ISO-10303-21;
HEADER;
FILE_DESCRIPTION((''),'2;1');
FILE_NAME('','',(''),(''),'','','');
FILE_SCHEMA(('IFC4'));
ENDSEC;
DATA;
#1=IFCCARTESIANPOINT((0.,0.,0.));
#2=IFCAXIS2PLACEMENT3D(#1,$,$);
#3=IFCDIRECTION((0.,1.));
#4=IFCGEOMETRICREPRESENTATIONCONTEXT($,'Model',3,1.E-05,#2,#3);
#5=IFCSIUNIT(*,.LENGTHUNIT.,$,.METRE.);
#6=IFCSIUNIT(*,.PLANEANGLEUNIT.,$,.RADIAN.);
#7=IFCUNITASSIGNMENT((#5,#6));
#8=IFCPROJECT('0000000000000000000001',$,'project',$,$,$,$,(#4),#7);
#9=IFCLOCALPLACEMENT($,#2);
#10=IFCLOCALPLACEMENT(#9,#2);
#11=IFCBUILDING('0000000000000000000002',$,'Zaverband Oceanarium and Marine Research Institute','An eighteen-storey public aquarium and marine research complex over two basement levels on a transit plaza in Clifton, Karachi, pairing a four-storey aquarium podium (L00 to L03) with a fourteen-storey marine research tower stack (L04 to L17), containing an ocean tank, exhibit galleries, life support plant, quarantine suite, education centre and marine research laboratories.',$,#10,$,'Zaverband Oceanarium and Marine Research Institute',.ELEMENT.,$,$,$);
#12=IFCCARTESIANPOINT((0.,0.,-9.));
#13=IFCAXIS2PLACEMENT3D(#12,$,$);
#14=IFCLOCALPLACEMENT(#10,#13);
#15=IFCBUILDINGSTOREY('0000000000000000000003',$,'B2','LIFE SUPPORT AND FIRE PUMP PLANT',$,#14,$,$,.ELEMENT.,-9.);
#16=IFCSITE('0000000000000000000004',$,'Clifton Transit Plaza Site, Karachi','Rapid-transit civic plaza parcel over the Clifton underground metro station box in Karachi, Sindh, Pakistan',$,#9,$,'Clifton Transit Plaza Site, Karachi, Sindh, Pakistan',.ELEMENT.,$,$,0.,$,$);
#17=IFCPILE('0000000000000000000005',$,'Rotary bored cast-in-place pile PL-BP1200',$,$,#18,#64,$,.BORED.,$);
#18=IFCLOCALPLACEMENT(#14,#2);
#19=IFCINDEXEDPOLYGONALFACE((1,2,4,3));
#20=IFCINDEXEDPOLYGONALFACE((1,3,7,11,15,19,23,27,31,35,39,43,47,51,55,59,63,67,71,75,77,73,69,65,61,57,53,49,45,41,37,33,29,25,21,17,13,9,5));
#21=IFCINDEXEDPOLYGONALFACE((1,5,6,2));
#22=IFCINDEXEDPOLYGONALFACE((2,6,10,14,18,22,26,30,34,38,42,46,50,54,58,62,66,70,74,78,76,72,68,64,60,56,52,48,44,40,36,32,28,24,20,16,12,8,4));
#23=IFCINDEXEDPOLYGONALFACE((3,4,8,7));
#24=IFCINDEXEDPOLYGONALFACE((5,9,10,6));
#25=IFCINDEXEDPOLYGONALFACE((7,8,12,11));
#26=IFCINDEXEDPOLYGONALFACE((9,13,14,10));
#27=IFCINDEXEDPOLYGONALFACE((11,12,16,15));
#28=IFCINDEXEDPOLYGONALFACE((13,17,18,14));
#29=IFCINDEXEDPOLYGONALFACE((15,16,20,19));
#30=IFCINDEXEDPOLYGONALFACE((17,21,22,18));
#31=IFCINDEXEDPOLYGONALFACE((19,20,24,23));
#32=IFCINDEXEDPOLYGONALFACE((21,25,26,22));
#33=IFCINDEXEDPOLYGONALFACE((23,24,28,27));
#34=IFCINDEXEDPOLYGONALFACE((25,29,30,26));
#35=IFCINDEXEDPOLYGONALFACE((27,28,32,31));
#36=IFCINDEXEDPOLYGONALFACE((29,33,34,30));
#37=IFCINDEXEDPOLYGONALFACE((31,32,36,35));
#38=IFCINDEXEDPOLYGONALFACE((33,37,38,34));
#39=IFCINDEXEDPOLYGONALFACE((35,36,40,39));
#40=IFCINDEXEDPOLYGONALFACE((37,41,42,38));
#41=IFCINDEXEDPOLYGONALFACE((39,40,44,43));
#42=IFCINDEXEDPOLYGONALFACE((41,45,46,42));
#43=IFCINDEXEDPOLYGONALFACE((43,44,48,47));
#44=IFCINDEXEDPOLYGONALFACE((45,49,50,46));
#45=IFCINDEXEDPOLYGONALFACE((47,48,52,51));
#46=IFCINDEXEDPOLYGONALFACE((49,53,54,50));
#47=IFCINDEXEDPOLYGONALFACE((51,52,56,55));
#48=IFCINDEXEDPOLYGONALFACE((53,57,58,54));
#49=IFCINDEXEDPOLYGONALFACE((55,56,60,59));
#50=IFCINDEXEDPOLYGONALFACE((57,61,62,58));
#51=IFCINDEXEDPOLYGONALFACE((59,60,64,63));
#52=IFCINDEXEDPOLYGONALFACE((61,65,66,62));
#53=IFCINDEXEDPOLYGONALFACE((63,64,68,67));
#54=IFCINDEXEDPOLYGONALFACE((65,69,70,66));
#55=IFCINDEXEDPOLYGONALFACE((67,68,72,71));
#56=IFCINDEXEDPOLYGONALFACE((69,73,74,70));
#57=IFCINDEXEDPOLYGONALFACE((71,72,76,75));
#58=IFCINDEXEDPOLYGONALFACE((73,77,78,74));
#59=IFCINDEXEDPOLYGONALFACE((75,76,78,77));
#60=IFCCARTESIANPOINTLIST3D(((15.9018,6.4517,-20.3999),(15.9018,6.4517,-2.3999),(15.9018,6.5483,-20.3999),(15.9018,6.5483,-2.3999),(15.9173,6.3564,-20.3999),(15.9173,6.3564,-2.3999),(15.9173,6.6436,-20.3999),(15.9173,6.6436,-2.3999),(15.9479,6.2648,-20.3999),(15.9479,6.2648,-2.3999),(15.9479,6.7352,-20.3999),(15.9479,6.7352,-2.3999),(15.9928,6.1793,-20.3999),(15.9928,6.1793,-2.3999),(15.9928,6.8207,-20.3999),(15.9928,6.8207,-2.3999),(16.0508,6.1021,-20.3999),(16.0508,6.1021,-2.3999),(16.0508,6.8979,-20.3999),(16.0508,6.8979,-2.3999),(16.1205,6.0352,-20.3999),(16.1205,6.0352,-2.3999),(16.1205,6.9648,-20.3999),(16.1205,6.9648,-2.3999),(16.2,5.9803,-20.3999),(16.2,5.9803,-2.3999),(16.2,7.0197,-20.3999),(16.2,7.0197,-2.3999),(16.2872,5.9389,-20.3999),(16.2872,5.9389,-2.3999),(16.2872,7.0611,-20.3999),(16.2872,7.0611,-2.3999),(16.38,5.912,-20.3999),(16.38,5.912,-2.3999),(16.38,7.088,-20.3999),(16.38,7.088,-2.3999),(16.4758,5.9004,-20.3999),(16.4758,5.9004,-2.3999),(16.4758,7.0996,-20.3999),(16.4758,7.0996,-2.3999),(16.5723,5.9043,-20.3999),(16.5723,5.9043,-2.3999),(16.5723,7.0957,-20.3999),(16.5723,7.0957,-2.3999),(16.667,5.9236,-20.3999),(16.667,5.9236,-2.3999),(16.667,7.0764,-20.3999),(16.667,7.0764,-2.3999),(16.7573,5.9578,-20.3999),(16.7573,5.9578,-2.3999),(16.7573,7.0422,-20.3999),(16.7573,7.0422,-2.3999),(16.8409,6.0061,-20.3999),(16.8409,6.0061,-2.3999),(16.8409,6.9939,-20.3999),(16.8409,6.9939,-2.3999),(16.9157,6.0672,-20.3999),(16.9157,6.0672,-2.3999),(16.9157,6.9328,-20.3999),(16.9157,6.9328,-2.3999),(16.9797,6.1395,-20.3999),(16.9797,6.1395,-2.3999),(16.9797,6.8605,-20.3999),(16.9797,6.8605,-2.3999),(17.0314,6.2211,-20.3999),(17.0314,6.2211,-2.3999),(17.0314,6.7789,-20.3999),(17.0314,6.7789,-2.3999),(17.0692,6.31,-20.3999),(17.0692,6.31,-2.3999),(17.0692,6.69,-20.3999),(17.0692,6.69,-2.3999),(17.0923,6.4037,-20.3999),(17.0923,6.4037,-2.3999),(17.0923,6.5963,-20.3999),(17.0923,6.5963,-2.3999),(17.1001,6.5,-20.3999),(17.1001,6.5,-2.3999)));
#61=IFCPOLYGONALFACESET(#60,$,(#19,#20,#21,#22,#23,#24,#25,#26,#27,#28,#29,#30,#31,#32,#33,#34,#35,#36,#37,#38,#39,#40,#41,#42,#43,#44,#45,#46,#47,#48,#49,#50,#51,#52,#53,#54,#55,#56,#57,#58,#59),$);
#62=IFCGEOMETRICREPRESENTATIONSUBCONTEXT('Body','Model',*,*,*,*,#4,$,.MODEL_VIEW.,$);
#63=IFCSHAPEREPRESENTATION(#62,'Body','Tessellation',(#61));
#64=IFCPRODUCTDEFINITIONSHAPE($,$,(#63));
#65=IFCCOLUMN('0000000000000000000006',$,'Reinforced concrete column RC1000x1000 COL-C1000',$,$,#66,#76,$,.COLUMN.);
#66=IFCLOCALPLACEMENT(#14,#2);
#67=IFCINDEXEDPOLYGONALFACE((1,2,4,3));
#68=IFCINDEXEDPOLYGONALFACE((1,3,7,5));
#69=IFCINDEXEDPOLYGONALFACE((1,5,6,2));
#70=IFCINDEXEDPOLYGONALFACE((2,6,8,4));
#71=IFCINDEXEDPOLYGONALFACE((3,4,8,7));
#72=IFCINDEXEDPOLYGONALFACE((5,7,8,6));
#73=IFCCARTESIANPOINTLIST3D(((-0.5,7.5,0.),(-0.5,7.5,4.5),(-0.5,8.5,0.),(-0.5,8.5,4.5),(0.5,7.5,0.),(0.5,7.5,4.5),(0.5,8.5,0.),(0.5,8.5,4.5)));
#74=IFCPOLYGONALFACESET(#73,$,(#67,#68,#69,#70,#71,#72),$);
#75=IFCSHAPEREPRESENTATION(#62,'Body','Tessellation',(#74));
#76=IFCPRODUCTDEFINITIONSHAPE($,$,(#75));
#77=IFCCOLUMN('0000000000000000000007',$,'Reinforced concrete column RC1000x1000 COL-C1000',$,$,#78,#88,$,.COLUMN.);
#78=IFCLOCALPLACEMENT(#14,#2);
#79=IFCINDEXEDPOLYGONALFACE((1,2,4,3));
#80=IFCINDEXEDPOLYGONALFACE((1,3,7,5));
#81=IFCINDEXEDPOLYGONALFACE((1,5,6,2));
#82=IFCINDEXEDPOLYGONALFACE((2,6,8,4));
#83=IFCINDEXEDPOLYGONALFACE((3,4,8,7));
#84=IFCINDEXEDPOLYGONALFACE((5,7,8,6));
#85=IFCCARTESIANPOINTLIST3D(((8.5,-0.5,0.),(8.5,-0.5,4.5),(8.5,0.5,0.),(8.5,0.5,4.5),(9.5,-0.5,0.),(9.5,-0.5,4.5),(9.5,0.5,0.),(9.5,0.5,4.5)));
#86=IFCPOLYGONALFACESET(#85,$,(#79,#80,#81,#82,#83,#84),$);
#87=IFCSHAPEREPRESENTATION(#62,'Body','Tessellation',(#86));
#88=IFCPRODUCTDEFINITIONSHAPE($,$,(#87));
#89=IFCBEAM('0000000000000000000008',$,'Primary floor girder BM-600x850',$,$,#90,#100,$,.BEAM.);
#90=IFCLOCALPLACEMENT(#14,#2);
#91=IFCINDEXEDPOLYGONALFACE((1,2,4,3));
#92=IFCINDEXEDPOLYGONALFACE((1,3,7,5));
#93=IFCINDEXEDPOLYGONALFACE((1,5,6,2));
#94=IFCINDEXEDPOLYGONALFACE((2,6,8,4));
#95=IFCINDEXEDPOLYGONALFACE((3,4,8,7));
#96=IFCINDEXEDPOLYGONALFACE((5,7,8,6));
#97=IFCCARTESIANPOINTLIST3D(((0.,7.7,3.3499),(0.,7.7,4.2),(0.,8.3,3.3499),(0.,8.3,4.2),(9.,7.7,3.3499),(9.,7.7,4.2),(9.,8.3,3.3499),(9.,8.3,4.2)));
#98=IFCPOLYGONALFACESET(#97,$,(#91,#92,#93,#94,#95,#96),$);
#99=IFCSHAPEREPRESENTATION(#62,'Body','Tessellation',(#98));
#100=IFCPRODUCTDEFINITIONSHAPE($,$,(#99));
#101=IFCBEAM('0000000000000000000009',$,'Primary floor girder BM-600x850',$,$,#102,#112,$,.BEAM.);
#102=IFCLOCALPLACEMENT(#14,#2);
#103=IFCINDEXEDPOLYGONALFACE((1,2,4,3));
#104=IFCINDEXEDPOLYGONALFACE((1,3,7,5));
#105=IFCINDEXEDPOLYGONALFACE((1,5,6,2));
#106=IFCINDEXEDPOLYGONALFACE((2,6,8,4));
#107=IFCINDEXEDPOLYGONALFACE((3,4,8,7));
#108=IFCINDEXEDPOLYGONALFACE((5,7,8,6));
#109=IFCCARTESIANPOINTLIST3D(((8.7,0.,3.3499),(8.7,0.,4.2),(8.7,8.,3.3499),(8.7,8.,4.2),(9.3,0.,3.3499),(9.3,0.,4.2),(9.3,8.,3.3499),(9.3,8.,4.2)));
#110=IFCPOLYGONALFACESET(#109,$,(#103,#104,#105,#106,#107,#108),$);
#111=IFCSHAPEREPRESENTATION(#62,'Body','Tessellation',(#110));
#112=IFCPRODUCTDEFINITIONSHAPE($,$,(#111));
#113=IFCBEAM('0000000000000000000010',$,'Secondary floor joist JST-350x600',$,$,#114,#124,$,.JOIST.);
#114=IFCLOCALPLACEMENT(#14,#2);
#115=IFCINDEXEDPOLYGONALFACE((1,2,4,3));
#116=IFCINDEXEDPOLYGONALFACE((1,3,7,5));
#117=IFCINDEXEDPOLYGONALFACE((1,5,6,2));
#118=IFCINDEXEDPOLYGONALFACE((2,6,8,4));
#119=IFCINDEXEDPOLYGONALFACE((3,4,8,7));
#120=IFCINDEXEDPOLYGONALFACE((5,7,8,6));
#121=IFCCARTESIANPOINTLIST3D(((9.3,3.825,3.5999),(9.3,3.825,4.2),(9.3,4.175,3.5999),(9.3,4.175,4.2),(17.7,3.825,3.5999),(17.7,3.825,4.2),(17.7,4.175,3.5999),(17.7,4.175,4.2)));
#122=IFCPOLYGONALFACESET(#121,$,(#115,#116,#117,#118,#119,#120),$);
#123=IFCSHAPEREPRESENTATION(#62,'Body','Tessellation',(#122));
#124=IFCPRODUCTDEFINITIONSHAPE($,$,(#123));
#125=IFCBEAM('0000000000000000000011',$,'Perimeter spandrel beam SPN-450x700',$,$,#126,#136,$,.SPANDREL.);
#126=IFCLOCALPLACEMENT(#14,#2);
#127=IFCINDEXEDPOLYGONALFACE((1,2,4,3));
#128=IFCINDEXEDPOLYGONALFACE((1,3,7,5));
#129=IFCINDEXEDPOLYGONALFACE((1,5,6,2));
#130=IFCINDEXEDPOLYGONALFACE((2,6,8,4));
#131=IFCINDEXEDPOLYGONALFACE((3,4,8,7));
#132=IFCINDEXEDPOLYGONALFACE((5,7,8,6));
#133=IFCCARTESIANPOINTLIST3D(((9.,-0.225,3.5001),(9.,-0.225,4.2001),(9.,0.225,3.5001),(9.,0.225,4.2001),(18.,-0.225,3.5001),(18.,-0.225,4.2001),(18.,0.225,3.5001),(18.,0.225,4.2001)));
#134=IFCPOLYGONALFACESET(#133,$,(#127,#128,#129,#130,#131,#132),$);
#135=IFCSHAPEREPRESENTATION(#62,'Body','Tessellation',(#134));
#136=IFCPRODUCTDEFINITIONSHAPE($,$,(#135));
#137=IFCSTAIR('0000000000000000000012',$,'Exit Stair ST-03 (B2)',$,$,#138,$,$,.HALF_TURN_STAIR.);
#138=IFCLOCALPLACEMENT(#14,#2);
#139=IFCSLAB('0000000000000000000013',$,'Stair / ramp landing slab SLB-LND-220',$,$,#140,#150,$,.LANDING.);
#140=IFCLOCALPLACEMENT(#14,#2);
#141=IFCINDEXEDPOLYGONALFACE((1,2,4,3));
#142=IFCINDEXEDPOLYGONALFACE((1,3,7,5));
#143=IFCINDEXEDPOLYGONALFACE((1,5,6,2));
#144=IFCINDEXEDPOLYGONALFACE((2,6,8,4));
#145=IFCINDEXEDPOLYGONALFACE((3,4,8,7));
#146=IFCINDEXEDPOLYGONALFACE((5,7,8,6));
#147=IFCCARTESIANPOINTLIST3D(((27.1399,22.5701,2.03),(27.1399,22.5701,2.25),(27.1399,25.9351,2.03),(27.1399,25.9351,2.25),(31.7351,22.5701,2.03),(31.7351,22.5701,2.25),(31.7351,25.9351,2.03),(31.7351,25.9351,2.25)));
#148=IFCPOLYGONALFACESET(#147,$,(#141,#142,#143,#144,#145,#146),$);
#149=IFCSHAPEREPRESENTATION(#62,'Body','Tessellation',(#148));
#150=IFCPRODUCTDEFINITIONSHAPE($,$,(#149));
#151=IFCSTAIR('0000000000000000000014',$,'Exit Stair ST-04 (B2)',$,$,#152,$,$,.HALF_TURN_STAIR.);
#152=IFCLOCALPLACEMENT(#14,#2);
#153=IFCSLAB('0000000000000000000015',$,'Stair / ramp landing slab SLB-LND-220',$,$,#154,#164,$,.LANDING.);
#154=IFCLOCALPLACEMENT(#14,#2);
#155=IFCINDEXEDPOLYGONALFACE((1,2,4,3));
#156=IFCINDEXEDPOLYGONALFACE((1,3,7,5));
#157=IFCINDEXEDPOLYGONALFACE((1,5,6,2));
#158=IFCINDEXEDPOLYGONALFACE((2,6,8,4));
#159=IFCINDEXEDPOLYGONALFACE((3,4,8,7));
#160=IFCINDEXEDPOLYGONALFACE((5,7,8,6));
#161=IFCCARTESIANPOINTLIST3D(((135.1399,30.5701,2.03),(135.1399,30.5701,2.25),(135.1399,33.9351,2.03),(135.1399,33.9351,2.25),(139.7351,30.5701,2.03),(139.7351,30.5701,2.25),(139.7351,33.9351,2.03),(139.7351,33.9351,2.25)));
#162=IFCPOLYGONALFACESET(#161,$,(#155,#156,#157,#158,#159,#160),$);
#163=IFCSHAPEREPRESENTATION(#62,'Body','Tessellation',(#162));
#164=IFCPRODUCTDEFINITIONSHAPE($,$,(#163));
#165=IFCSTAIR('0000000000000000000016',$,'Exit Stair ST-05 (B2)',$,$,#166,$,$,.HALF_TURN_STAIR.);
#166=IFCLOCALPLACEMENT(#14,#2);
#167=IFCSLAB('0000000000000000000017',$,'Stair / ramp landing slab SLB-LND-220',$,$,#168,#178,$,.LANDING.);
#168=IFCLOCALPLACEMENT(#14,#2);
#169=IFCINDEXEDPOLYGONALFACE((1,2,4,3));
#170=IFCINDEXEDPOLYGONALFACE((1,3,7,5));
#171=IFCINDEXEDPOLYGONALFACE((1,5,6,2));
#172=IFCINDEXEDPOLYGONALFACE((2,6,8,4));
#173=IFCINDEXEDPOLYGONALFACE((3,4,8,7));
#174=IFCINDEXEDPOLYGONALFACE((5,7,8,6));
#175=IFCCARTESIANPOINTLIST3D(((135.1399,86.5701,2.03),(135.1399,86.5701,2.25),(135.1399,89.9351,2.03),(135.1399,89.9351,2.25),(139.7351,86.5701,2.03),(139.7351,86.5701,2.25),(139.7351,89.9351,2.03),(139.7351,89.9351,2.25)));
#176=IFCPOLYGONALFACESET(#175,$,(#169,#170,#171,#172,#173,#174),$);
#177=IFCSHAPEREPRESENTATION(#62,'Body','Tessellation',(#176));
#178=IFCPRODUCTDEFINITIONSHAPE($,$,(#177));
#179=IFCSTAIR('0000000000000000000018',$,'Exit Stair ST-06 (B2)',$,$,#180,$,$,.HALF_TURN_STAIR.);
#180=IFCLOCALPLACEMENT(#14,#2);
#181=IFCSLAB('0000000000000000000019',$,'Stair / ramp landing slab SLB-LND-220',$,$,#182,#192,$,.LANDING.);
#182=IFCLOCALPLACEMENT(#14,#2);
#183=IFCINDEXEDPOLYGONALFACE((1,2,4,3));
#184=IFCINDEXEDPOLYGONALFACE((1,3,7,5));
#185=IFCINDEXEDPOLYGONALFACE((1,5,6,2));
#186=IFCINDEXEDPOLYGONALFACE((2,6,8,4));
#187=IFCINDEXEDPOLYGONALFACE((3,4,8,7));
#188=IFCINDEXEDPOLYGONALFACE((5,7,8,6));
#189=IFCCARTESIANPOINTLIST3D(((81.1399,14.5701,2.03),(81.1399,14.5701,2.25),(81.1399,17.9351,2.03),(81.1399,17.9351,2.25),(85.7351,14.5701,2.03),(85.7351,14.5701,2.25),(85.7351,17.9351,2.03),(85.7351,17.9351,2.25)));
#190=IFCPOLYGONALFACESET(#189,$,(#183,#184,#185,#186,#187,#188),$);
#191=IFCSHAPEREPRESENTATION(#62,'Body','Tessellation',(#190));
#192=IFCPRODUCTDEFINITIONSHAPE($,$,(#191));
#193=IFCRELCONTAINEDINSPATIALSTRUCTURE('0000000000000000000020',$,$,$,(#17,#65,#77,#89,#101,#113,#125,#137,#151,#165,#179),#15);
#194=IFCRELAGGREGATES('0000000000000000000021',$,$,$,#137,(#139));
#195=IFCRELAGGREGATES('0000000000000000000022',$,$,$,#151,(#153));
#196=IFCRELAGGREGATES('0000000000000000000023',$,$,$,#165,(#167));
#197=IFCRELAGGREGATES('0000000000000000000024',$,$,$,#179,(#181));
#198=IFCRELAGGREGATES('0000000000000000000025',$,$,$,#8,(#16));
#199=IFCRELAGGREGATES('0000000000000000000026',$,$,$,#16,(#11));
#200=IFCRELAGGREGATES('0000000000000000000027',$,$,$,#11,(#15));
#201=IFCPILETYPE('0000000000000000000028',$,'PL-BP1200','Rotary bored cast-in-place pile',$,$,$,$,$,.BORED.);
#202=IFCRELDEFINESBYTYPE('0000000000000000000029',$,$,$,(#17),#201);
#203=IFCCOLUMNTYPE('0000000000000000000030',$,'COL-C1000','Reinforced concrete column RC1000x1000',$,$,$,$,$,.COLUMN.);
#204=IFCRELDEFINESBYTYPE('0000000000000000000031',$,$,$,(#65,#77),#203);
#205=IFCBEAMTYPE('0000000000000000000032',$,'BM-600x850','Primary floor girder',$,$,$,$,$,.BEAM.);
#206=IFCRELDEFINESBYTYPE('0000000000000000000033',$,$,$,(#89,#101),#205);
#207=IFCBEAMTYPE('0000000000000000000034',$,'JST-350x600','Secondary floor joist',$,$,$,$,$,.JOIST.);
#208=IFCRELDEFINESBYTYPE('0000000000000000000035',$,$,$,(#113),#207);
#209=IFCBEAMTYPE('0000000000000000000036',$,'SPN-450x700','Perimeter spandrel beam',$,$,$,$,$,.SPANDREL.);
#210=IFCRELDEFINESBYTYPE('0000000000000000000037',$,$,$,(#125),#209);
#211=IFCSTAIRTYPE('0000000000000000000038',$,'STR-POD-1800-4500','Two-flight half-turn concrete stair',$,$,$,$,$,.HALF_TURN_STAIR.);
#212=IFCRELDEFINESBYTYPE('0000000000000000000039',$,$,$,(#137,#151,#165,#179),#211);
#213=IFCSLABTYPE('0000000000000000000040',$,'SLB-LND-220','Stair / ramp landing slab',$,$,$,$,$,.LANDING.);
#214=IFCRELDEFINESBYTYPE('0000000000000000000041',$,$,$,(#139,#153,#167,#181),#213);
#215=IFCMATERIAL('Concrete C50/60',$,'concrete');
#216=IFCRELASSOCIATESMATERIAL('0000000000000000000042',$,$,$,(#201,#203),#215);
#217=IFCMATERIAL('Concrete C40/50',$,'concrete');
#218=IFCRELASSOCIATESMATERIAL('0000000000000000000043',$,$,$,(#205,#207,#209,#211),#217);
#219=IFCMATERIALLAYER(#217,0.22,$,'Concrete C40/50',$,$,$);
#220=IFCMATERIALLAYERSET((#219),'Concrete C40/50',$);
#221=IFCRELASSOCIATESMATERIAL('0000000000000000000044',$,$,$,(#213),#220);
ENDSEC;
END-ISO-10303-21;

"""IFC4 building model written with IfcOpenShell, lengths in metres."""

from ifc_helpers import new_model, si_unit, direction, frame, origin, origin_2d, place, context, subcontext, project, spatial, polyline, rectangle, circle, outline, extrude, material, layer, layer_set, material_profile, profile_set, type_object, element, aggregate, save


model = new_model("IFC4")

# Units and contexts
model_context = context("Model", 3, precision=1e-05, world=origin(), true_north=direction((0.0, 1.0)))
body_context = subcontext(model_context, "Body", "Model", "MODEL_VIEW")
ifc_project = project(units=[si_unit("LENGTHUNIT", "METRE"), si_unit("PLANEANGLEUNIT", "RADIAN")], contexts=[model_context])

# Site, building, storey
site_placement = place(None, origin())
site = spatial("IfcSite", under=ifc_project, at=site_placement, Name="Clifton Transit Plaza Site, Karachi", Description="Rapid-transit civic plaza parcel over the Clifton underground metro station box in Karachi, Sindh, Pakistan", LongName="Clifton Transit Plaza Site, Karachi, Sindh, Pakistan", CompositionType="ELEMENT", RefElevation=0.0)
building_placement = place(site_placement, origin())
building = spatial("IfcBuilding", under=site, at=building_placement, Name="Zaverband Oceanarium and Marine Research Institute", Description="An eighteen-storey public aquarium and marine research complex over two basement levels on a transit plaza in Clifton, Karachi, pairing a four-storey aquarium podium (L00 to L03) with a fourteen-storey marine research tower stack (L04 to L17), containing an ocean tank, exhibit galleries, life support plant, quarantine suite, education centre and marine research laboratories.", LongName="Zaverband Oceanarium and Marine Research Institute", CompositionType="ELEMENT")
storey_placement = place(building_placement, frame((0.0, 0.0, -9.0)))
storey = spatial("IfcBuildingStorey", under=building, at=storey_placement, Name="B2", Description="LIFE SUPPORT AND FIRE PUMP PLANT", CompositionType="ELEMENT", Elevation=-9.0)

# Shared definitions
ifc_material_1 = material(Name="Concrete C50/60", Category="concrete")

# Pile
ifc_material_profile_1 = material_profile(ifc_material_1, circle(Radius=0.6001, at=origin_2d()), Name="BP1200")
ifc_profile_set_1 = profile_set([ifc_material_profile_1], Name="Concrete C50/60")
pile_type = type_object("IfcPileType", Name="PL-BP1200", Description="Rotary bored cast-in-place pile", PredefinedType="BORED", material=ifc_profile_set_1)
for number, where, z_axis, x_axis, name in (
    (1, (16.5, 6.5, -2.3999), (0.0, 0.0, -1.0), (1.0, 0.0, 0.0), "Rotary bored cast-in-place pile PL-BP1200"),
):
    element("IfcPile", number, at=place(storey_placement, frame(where, z_axis=z_axis, x_axis=x_axis)), inside=storey, type_object=pile_type, Name=name, PredefinedType="BORED", context=body_context, shape_type="SweptSolid", body=[
        extrude(circle(Radius=0.6001, at=origin_2d()), origin(), (0.0, 0.0, 1.0), 18.0),
    ])

# Columns
ifc_material_profile_2 = material_profile(ifc_material_1, rectangle(XDim=1.0, YDim=1.0, at=origin_2d()), Name="RC1000x1000")
ifc_profile_set_2 = profile_set([ifc_material_profile_2], Name="Concrete C50/60")
column_type = type_object("IfcColumnType", Name="COL-C1000", Description="Reinforced concrete column RC1000x1000", PredefinedType="COLUMN", material=ifc_profile_set_2)
for number, where, z_axis, x_axis, name in (
    (2, (0.0, 8.0, 0.0), (0.0, 0.0, 1.0), (1.0, 0.0, 0.0), "Reinforced concrete column RC1000x1000 COL-C1000"),
    (3, (9.0, 0.0, 0.0), (0.0, 0.0, 1.0), (1.0, 0.0, 0.0), "Reinforced concrete column RC1000x1000 COL-C1000"),
):
    element("IfcColumn", number, at=place(storey_placement, frame(where, z_axis=z_axis, x_axis=x_axis)), inside=storey, type_object=column_type, Name=name, PredefinedType="COLUMN", context=body_context, shape_type="SweptSolid", body=[
        extrude(rectangle(XDim=1.0, YDim=1.0, at=origin_2d()), origin(), (0.0, 0.0, 1.0), 4.5),
    ])

# Beams
ifc_material_2 = material(Name="Concrete C40/50", Category="concrete")
ifc_material_profile_3 = material_profile(ifc_material_2, rectangle(XDim=0.6001, YDim=0.8501, at=origin_2d()), Name="RC600x850")
ifc_profile_set_3 = profile_set([ifc_material_profile_3], Name="Concrete C40/50")
beam_type_1 = type_object("IfcBeamType", Name="BM-600x850", Description="Primary floor girder", PredefinedType="BEAM", material=ifc_profile_set_3)
beam_1_placement = place(storey_placement, frame((0.0, 8.0, 3.7749), z_axis=(1.0, 0.0, 0.0), x_axis=(0.0, 1.0, 0.0)))
element("IfcBeam", 4, at=beam_1_placement, inside=storey, type_object=beam_type_1, Name="Primary floor girder BM-600x850", PredefinedType="BEAM", context=body_context, shape_type="SweptSolid", body=[
    extrude(rectangle(XDim=0.6001, YDim=0.8501, at=origin_2d()), origin(), (0.0, 0.0, 1.0), 9.0),
])
beam_2_placement = place(storey_placement, frame((9.0, 0.0, 3.7749), z_axis=(0.0, 1.0, 0.0), x_axis=(-1.0, 0.0, 0.0)))
element("IfcBeam", 5, at=beam_2_placement, inside=storey, type_object=beam_type_1, Name="Primary floor girder BM-600x850", PredefinedType="BEAM", context=body_context, shape_type="SweptSolid", body=[
    extrude(rectangle(XDim=0.6001, YDim=0.8501, at=origin_2d()), origin(), (0.0, 0.0, 1.0), 8.0),
])
ifc_material_profile_4 = material_profile(ifc_material_2, rectangle(XDim=0.3501, YDim=0.6001, at=origin_2d()), Name="RC350x600")
ifc_profile_set_4 = profile_set([ifc_material_profile_4], Name="Concrete C40/50")
beam_type_2 = type_object("IfcBeamType", Name="JST-350x600", Description="Secondary floor joist", PredefinedType="JOIST", material=ifc_profile_set_4)
beam_3_placement = place(storey_placement, frame((9.3, 4.0, 3.8999), z_axis=(1.0, 0.0, 0.0), x_axis=(0.0, 1.0, 0.0)))
element("IfcBeam", 6, at=beam_3_placement, inside=storey, type_object=beam_type_2, Name="Secondary floor joist JST-350x600", PredefinedType="JOIST", context=body_context, shape_type="SweptSolid", body=[
    extrude(rectangle(XDim=0.3501, YDim=0.6001, at=origin_2d()), origin(), (0.0, 0.0, 1.0), 8.3999),
])
ifc_material_profile_5 = material_profile(ifc_material_2, rectangle(XDim=0.45, YDim=0.7, at=origin_2d()), Name="RC450x700")
ifc_profile_set_5 = profile_set([ifc_material_profile_5], Name="Concrete C40/50")
beam_type_3 = type_object("IfcBeamType", Name="SPN-450x700", Description="Perimeter spandrel beam", PredefinedType="SPANDREL", material=ifc_profile_set_5)
beam_4_placement = place(storey_placement, frame((9.0, 0.0, 3.8501), z_axis=(1.0, 0.0, 0.0), x_axis=(0.0, 1.0, 0.0)))
element("IfcBeam", 7, at=beam_4_placement, inside=storey, type_object=beam_type_3, Name="Perimeter spandrel beam SPN-450x700", PredefinedType="SPANDREL", context=body_context, shape_type="SweptSolid", body=[
    extrude(rectangle(XDim=0.45, YDim=0.7, at=origin_2d()), origin(), (0.0, 0.0, 1.0), 9.0),
])

# Stairs, slabs
stair_type = type_object("IfcStairType", Name="STR-POD-1800-4500", Description="Two-flight half-turn concrete stair", PredefinedType="HALF_TURN_STAIR", material=ifc_material_2)
stair_1_placement = place(storey_placement, origin())
stair_1 = element("IfcStair", 8, at=stair_1_placement, inside=storey, type_object=stair_type, Name="Exit Stair ST-03 (B2)", PredefinedType="HALF_TURN_STAIR")
ifc_layer_1 = layer(ifc_material_2, 0.22, Name="Concrete C40/50")
ifc_layer_set_1 = layer_set([ifc_layer_1], Name="Concrete C40/50")
slab_type_1 = type_object("IfcSlabType", Name="SLB-LND-220", Description="Stair / ramp landing slab", PredefinedType="LANDING", material=ifc_layer_set_1)
slab_1_placement = place(storey_placement, frame((0.0, 0.0, 2.03)))
slab_1 = element("IfcSlab", 9, at=slab_1_placement, type_object=slab_type_1, Name="Stair / ramp landing slab SLB-LND-220", PredefinedType="LANDING", context=body_context, shape_type="SweptSolid", body=[
    extrude(outline(polyline([(27.1399, 22.5701), (31.7351, 22.5701), (31.7351, 25.9351), (27.1399, 25.9351), (27.1399, 22.5701)])), origin(), (0.0, 0.0, 1.0), 0.22),
])
aggregate(stair_1, [slab_1])
stair_2_placement = place(storey_placement, origin())
stair_2 = element("IfcStair", 10, at=stair_2_placement, inside=storey, type_object=stair_type, Name="Exit Stair ST-04 (B2)", PredefinedType="HALF_TURN_STAIR")
slab_2_placement = place(storey_placement, frame((0.0, 0.0, 2.03)))
slab_2 = element("IfcSlab", 11, at=slab_2_placement, type_object=slab_type_1, Name="Stair / ramp landing slab SLB-LND-220", PredefinedType="LANDING", context=body_context, shape_type="SweptSolid", body=[
    extrude(outline(polyline([(135.1399, 30.5701), (139.7351, 30.5701), (139.7351, 33.9351), (135.1399, 33.9351), (135.1399, 30.5701)])), origin(), (0.0, 0.0, 1.0), 0.22),
])
aggregate(stair_2, [slab_2])
stair_3_placement = place(storey_placement, origin())
stair_3 = element("IfcStair", 12, at=stair_3_placement, inside=storey, type_object=stair_type, Name="Exit Stair ST-05 (B2)", PredefinedType="HALF_TURN_STAIR")
slab_3_placement = place(storey_placement, frame((0.0, 0.0, 2.03)))
slab_3 = element("IfcSlab", 13, at=slab_3_placement, type_object=slab_type_1, Name="Stair / ramp landing slab SLB-LND-220", PredefinedType="LANDING", context=body_context, shape_type="SweptSolid", body=[
    extrude(outline(polyline([(135.1399, 86.5701), (139.7351, 86.5701), (139.7351, 89.9351), (135.1399, 89.9351), (135.1399, 86.5701)])), origin(), (0.0, 0.0, 1.0), 0.22),
])
aggregate(stair_3, [slab_3])
stair_4_placement = place(storey_placement, origin())
stair_4 = element("IfcStair", 14, at=stair_4_placement, inside=storey, type_object=stair_type, Name="Exit Stair ST-06 (B2)", PredefinedType="HALF_TURN_STAIR")
slab_4_placement = place(storey_placement, frame((0.0, 0.0, 2.03)))
slab_4 = element("IfcSlab", 15, at=slab_4_placement, type_object=slab_type_1, Name="Stair / ramp landing slab SLB-LND-220", PredefinedType="LANDING", context=body_context, shape_type="SweptSolid", body=[
    extrude(outline(polyline([(81.1399, 14.5701), (85.7351, 14.5701), (85.7351, 17.9351), (81.1399, 17.9351), (81.1399, 14.5701)])), origin(), (0.0, 0.0, 1.0), 0.22),
])
aggregate(stair_4, [slab_4])

save(model, "model.ifc")
